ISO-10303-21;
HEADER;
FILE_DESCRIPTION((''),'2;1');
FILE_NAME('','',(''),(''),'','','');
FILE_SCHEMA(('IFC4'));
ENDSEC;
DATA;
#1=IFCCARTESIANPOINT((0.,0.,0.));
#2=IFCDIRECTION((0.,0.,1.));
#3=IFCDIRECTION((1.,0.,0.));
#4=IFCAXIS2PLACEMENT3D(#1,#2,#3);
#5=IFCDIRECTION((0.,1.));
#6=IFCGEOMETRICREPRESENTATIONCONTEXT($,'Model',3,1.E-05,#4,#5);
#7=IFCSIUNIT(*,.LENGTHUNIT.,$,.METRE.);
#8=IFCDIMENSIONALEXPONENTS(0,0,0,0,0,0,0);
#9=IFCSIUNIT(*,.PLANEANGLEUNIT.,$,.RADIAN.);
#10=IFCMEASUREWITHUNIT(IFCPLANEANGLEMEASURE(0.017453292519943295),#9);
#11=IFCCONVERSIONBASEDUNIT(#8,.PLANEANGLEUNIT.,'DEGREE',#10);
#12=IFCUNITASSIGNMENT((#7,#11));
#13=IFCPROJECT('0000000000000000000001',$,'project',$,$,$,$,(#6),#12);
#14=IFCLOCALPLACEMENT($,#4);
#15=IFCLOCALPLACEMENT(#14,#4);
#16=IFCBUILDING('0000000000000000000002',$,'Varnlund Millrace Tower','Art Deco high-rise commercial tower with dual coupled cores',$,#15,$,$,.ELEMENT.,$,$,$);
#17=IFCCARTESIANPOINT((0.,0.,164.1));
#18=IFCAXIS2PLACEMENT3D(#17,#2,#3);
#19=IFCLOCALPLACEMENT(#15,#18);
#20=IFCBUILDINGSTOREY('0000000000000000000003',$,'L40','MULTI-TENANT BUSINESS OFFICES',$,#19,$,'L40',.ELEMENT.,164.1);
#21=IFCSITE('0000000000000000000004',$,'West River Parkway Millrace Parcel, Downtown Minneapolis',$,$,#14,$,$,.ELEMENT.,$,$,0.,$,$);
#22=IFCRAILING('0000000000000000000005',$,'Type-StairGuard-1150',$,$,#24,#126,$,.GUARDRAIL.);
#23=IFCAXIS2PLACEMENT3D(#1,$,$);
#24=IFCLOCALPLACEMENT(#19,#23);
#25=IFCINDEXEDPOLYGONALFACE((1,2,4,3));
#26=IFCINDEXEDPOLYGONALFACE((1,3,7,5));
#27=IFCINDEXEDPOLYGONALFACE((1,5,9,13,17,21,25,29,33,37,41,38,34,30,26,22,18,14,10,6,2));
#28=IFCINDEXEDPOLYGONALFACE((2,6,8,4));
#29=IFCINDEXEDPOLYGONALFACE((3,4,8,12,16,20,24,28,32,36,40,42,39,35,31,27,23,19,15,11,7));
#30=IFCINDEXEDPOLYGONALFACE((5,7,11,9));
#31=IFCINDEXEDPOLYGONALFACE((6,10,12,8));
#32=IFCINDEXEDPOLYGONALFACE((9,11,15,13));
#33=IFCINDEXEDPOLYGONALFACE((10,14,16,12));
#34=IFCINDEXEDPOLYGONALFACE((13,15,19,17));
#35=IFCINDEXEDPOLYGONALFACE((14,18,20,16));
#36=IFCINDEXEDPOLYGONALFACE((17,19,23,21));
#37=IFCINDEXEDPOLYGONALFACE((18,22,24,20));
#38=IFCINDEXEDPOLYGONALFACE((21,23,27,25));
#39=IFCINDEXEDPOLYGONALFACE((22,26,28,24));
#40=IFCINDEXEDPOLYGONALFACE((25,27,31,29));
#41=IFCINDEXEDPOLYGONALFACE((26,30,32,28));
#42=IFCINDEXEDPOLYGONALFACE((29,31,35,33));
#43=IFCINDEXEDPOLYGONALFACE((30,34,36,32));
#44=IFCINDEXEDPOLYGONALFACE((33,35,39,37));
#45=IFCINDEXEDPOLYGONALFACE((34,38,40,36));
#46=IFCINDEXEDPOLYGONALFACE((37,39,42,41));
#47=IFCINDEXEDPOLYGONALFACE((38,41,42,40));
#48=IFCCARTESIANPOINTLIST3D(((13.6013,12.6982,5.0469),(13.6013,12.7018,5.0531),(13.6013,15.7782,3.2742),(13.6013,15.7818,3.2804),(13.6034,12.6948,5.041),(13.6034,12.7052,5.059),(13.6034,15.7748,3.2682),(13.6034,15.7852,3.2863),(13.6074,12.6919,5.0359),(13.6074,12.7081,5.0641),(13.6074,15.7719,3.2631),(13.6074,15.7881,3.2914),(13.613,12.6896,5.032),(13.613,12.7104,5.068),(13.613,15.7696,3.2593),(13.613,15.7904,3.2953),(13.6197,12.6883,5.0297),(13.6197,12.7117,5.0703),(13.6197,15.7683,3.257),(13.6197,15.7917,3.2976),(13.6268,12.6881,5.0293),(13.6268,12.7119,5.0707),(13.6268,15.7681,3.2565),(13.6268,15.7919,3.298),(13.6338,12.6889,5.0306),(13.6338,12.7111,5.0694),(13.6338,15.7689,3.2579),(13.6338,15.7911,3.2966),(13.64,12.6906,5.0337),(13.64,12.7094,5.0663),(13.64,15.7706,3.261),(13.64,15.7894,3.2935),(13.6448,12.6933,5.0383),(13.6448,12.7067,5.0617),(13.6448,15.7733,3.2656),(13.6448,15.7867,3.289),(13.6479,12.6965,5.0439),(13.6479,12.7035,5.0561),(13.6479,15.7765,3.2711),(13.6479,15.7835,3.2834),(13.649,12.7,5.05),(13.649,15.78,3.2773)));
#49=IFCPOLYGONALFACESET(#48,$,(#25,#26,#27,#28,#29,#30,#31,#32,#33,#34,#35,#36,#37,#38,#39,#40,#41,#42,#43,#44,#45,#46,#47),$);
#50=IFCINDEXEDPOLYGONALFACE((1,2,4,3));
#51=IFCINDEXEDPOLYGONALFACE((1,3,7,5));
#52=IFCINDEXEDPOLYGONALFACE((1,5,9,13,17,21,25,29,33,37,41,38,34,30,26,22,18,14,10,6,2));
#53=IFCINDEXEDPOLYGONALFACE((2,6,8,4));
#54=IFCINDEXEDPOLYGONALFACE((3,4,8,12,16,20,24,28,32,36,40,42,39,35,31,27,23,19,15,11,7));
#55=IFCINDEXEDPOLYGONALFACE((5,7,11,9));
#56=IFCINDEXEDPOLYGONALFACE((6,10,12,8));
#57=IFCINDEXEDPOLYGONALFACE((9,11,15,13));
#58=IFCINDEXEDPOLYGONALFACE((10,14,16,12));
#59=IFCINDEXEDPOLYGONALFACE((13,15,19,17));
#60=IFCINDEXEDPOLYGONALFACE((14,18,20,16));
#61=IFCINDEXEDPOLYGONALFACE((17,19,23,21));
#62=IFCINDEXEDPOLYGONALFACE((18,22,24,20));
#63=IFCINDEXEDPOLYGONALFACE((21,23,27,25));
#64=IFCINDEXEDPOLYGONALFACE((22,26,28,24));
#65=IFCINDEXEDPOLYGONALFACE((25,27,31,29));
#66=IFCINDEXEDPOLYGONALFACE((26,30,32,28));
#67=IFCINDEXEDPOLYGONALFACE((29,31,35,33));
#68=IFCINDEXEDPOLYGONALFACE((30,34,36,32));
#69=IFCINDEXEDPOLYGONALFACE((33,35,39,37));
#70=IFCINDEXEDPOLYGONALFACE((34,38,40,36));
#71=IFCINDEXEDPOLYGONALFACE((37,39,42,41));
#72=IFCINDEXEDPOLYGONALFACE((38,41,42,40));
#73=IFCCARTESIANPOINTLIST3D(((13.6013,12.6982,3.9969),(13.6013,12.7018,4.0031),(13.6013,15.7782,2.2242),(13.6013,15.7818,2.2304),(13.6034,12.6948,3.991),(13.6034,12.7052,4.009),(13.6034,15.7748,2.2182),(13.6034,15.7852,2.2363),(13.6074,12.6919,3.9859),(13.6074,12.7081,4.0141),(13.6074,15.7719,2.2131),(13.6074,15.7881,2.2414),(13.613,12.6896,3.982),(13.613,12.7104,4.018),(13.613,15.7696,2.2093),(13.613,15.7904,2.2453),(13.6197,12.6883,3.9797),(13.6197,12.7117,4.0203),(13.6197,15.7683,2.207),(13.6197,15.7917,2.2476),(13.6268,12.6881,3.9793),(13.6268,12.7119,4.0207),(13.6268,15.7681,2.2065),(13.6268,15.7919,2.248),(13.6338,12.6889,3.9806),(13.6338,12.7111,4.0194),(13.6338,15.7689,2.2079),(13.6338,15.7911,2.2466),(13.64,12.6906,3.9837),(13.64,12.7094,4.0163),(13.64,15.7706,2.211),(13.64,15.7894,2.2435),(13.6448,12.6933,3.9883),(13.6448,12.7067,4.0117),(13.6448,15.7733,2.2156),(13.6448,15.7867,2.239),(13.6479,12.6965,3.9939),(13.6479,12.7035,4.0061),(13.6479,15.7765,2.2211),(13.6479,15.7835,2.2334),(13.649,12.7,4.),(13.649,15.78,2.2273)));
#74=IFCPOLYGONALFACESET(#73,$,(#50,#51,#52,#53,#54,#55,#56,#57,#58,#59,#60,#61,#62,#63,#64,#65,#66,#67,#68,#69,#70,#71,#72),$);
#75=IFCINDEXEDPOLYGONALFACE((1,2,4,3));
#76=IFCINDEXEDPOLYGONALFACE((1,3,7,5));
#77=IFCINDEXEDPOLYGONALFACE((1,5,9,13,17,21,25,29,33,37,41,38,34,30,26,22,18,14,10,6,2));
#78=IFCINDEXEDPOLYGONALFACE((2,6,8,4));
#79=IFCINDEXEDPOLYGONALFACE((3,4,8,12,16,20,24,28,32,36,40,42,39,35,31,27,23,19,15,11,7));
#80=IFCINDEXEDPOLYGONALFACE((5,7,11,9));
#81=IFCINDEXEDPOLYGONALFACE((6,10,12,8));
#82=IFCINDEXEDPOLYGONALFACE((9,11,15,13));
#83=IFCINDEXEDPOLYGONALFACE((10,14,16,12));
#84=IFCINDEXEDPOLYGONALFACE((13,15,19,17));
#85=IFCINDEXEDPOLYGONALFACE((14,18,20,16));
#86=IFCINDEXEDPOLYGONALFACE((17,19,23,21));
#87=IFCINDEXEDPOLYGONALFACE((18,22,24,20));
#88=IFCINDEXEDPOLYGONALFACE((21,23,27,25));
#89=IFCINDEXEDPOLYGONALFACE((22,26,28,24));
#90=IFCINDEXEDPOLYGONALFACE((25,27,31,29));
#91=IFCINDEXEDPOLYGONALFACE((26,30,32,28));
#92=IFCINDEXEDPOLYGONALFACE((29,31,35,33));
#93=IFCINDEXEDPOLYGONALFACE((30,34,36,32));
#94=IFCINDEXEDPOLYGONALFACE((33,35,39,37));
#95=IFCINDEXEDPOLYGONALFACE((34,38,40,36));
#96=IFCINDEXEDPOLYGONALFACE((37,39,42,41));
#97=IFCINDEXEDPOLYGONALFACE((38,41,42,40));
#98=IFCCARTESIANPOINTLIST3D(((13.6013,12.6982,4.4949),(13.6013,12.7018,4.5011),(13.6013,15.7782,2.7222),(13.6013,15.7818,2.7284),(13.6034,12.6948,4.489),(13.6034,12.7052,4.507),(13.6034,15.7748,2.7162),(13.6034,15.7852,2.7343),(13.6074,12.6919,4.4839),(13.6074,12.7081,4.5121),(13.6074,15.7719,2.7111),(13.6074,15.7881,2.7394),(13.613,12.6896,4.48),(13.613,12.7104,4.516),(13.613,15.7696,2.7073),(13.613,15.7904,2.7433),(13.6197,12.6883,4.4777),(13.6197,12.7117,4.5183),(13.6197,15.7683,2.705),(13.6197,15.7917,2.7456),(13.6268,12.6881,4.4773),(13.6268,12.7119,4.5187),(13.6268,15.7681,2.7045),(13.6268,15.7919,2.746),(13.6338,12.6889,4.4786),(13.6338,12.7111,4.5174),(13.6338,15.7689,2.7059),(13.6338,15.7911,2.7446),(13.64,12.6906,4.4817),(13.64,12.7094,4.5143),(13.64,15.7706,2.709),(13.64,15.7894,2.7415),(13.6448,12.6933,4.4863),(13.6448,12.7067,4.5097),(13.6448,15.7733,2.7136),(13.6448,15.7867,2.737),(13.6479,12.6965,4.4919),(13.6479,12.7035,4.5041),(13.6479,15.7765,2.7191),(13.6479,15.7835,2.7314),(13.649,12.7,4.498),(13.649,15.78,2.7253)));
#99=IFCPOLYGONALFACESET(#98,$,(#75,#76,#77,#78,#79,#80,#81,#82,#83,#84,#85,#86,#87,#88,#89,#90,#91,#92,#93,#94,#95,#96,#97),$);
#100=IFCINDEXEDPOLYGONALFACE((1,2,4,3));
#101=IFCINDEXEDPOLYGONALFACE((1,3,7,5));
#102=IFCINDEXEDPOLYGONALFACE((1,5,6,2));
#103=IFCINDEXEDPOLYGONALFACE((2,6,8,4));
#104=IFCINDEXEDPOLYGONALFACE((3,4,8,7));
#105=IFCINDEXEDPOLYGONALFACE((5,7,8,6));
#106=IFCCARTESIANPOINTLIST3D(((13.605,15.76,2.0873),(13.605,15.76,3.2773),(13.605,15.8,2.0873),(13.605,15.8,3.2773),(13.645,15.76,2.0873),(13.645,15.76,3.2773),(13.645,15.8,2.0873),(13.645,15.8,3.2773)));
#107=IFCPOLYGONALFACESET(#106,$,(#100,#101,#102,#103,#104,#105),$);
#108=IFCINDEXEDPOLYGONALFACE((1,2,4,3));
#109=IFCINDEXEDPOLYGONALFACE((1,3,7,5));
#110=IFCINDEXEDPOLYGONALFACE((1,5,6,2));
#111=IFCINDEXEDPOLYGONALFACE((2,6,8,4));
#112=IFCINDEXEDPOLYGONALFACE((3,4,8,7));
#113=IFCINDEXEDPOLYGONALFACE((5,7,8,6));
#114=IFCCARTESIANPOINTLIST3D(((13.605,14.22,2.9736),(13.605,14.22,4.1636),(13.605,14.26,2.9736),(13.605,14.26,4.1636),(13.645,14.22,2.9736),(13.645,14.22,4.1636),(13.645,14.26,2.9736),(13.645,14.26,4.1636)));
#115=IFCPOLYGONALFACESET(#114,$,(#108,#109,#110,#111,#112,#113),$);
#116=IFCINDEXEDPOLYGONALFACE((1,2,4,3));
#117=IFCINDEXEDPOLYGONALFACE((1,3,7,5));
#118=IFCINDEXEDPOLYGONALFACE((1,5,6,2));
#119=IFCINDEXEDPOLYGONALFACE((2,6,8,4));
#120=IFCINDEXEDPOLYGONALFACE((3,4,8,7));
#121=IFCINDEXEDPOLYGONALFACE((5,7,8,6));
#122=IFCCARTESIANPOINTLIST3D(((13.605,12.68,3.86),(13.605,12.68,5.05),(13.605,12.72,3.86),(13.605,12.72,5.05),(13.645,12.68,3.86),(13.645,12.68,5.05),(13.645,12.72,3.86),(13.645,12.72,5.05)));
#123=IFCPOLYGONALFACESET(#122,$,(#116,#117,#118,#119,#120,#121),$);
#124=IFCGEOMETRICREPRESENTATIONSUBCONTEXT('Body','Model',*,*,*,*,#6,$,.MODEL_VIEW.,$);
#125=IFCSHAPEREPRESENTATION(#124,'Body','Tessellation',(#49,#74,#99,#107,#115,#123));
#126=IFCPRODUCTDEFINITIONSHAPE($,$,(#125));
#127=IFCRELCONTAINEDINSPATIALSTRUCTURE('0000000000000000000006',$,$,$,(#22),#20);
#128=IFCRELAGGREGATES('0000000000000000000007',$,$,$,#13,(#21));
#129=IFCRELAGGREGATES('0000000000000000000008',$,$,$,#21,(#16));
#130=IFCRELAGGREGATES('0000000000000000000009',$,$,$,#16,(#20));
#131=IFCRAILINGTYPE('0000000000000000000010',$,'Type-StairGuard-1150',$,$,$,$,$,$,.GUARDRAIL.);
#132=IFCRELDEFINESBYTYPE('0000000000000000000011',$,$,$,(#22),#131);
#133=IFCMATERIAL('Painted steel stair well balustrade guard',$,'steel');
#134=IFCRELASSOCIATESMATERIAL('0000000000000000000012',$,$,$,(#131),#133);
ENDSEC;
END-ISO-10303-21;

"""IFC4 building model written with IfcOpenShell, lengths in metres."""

from ifc_helpers import new_model, entity, si_unit, converted_unit, direction, frame, origin_with_axes, origin_2d_with_axis, place, context, subcontext, project, spatial, rectangle, circle, extrude, material, type_object, element, save


model = new_model("IFC4")

# Units and contexts
model_context = context("Model", 3, precision=1e-05, world=origin_with_axes(), true_north=direction((0.0, 1.0)))
body_context = subcontext(model_context, "Body", "Model", "MODEL_VIEW")
ifc_project = project(units=[si_unit("LENGTHUNIT", "METRE"), converted_unit("PLANEANGLEUNIT", "DEGREE", entity("IfcPlaneAngleMeasure", 0.017453292519943295), si_unit("PLANEANGLEUNIT", "RADIAN"), dimensions=[0, 0, 0, 0, 0, 0, 0])], contexts=[model_context])

# Site, building, storey
site_placement = place(None, origin_with_axes())
site = spatial("IfcSite", under=ifc_project, at=site_placement, Name="West River Parkway Millrace Parcel, Downtown Minneapolis", CompositionType="ELEMENT", RefElevation=0.0)
building_placement = place(site_placement, origin_with_axes())
building = spatial("IfcBuilding", under=site, at=building_placement, Name="Varnlund Millrace Tower", Description="Art Deco high-rise commercial tower with dual coupled cores", CompositionType="ELEMENT")
storey_placement = place(building_placement, frame((0.0, 0.0, 164.1), z_axis=(0.0, 0.0, 1.0), x_axis=(1.0, 0.0, 0.0)))
storey = spatial("IfcBuildingStorey", under=building, at=storey_placement, Name="L40", Description="MULTI-TENANT BUSINESS OFFICES", LongName="L40", CompositionType="ELEMENT", Elevation=164.1)

# Railing
ifc_material_1 = material(Name="Painted steel stair well balustrade guard", Category="steel")
railing_type_1 = type_object("IfcRailingType", Name="Type-StairGuard-1150", PredefinedType="GUARDRAIL", material=ifc_material_1)
railing_1_placement = place(storey_placement, frame((0.0, 0.0, -164.1), z_axis=(0.0, 0.0, 1.0), x_axis=(1.0, 0.0, 0.0)))
element("IfcRailing", 1, at=railing_1_placement, inside=storey, type_object=railing_type_1, Name="Type-StairGuard-1150", PredefinedType="GUARDRAIL", context=body_context, shape_type="SweptSolid", body=[
    extrude(circle(Radius=0.024, at=origin_2d_with_axis()), frame((13.625, 15.78, 167.3773), z_axis=(0.0, -0.866696, 0.498836), x_axis=(1.0, 0.0, 0.0)), (0.0, 0.0, 1.0), 3.5537),
    extrude(circle(Radius=0.024, at=origin_2d_with_axis()), frame((13.625, 15.78, 166.3273), z_axis=(0.0, -0.866696, 0.498836), x_axis=(1.0, 0.0, 0.0)), (0.0, 0.0, 1.0), 3.5537),
    extrude(circle(Radius=0.024, at=origin_2d_with_axis()), frame((13.625, 15.78, 166.8253), z_axis=(0.0, -0.866696, 0.498836), x_axis=(1.0, 0.0, 0.0)), (0.0, 0.0, 1.0), 3.5537),
    extrude(rectangle(XDim=0.04, YDim=0.04, at=origin_2d_with_axis()), frame((13.625, 15.78, 166.1873), z_axis=(0.0, 0.0, 1.0), x_axis=(1.0, 0.0, 0.0)), (0.0, 0.0, 1.0), 1.19),
    extrude(rectangle(XDim=0.04, YDim=0.04, at=origin_2d_with_axis()), frame((13.625, 14.24, 167.0736), z_axis=(0.0, 0.0, 1.0), x_axis=(1.0, 0.0, 0.0)), (0.0, 0.0, 1.0), 1.19),
    extrude(rectangle(XDim=0.04, YDim=0.04, at=origin_2d_with_axis()), frame((13.625, 12.7, 167.96), z_axis=(0.0, 0.0, 1.0), x_axis=(1.0, 0.0, 0.0)), (0.0, 0.0, 1.0), 1.19),
])

save(model, "model.ifc")
